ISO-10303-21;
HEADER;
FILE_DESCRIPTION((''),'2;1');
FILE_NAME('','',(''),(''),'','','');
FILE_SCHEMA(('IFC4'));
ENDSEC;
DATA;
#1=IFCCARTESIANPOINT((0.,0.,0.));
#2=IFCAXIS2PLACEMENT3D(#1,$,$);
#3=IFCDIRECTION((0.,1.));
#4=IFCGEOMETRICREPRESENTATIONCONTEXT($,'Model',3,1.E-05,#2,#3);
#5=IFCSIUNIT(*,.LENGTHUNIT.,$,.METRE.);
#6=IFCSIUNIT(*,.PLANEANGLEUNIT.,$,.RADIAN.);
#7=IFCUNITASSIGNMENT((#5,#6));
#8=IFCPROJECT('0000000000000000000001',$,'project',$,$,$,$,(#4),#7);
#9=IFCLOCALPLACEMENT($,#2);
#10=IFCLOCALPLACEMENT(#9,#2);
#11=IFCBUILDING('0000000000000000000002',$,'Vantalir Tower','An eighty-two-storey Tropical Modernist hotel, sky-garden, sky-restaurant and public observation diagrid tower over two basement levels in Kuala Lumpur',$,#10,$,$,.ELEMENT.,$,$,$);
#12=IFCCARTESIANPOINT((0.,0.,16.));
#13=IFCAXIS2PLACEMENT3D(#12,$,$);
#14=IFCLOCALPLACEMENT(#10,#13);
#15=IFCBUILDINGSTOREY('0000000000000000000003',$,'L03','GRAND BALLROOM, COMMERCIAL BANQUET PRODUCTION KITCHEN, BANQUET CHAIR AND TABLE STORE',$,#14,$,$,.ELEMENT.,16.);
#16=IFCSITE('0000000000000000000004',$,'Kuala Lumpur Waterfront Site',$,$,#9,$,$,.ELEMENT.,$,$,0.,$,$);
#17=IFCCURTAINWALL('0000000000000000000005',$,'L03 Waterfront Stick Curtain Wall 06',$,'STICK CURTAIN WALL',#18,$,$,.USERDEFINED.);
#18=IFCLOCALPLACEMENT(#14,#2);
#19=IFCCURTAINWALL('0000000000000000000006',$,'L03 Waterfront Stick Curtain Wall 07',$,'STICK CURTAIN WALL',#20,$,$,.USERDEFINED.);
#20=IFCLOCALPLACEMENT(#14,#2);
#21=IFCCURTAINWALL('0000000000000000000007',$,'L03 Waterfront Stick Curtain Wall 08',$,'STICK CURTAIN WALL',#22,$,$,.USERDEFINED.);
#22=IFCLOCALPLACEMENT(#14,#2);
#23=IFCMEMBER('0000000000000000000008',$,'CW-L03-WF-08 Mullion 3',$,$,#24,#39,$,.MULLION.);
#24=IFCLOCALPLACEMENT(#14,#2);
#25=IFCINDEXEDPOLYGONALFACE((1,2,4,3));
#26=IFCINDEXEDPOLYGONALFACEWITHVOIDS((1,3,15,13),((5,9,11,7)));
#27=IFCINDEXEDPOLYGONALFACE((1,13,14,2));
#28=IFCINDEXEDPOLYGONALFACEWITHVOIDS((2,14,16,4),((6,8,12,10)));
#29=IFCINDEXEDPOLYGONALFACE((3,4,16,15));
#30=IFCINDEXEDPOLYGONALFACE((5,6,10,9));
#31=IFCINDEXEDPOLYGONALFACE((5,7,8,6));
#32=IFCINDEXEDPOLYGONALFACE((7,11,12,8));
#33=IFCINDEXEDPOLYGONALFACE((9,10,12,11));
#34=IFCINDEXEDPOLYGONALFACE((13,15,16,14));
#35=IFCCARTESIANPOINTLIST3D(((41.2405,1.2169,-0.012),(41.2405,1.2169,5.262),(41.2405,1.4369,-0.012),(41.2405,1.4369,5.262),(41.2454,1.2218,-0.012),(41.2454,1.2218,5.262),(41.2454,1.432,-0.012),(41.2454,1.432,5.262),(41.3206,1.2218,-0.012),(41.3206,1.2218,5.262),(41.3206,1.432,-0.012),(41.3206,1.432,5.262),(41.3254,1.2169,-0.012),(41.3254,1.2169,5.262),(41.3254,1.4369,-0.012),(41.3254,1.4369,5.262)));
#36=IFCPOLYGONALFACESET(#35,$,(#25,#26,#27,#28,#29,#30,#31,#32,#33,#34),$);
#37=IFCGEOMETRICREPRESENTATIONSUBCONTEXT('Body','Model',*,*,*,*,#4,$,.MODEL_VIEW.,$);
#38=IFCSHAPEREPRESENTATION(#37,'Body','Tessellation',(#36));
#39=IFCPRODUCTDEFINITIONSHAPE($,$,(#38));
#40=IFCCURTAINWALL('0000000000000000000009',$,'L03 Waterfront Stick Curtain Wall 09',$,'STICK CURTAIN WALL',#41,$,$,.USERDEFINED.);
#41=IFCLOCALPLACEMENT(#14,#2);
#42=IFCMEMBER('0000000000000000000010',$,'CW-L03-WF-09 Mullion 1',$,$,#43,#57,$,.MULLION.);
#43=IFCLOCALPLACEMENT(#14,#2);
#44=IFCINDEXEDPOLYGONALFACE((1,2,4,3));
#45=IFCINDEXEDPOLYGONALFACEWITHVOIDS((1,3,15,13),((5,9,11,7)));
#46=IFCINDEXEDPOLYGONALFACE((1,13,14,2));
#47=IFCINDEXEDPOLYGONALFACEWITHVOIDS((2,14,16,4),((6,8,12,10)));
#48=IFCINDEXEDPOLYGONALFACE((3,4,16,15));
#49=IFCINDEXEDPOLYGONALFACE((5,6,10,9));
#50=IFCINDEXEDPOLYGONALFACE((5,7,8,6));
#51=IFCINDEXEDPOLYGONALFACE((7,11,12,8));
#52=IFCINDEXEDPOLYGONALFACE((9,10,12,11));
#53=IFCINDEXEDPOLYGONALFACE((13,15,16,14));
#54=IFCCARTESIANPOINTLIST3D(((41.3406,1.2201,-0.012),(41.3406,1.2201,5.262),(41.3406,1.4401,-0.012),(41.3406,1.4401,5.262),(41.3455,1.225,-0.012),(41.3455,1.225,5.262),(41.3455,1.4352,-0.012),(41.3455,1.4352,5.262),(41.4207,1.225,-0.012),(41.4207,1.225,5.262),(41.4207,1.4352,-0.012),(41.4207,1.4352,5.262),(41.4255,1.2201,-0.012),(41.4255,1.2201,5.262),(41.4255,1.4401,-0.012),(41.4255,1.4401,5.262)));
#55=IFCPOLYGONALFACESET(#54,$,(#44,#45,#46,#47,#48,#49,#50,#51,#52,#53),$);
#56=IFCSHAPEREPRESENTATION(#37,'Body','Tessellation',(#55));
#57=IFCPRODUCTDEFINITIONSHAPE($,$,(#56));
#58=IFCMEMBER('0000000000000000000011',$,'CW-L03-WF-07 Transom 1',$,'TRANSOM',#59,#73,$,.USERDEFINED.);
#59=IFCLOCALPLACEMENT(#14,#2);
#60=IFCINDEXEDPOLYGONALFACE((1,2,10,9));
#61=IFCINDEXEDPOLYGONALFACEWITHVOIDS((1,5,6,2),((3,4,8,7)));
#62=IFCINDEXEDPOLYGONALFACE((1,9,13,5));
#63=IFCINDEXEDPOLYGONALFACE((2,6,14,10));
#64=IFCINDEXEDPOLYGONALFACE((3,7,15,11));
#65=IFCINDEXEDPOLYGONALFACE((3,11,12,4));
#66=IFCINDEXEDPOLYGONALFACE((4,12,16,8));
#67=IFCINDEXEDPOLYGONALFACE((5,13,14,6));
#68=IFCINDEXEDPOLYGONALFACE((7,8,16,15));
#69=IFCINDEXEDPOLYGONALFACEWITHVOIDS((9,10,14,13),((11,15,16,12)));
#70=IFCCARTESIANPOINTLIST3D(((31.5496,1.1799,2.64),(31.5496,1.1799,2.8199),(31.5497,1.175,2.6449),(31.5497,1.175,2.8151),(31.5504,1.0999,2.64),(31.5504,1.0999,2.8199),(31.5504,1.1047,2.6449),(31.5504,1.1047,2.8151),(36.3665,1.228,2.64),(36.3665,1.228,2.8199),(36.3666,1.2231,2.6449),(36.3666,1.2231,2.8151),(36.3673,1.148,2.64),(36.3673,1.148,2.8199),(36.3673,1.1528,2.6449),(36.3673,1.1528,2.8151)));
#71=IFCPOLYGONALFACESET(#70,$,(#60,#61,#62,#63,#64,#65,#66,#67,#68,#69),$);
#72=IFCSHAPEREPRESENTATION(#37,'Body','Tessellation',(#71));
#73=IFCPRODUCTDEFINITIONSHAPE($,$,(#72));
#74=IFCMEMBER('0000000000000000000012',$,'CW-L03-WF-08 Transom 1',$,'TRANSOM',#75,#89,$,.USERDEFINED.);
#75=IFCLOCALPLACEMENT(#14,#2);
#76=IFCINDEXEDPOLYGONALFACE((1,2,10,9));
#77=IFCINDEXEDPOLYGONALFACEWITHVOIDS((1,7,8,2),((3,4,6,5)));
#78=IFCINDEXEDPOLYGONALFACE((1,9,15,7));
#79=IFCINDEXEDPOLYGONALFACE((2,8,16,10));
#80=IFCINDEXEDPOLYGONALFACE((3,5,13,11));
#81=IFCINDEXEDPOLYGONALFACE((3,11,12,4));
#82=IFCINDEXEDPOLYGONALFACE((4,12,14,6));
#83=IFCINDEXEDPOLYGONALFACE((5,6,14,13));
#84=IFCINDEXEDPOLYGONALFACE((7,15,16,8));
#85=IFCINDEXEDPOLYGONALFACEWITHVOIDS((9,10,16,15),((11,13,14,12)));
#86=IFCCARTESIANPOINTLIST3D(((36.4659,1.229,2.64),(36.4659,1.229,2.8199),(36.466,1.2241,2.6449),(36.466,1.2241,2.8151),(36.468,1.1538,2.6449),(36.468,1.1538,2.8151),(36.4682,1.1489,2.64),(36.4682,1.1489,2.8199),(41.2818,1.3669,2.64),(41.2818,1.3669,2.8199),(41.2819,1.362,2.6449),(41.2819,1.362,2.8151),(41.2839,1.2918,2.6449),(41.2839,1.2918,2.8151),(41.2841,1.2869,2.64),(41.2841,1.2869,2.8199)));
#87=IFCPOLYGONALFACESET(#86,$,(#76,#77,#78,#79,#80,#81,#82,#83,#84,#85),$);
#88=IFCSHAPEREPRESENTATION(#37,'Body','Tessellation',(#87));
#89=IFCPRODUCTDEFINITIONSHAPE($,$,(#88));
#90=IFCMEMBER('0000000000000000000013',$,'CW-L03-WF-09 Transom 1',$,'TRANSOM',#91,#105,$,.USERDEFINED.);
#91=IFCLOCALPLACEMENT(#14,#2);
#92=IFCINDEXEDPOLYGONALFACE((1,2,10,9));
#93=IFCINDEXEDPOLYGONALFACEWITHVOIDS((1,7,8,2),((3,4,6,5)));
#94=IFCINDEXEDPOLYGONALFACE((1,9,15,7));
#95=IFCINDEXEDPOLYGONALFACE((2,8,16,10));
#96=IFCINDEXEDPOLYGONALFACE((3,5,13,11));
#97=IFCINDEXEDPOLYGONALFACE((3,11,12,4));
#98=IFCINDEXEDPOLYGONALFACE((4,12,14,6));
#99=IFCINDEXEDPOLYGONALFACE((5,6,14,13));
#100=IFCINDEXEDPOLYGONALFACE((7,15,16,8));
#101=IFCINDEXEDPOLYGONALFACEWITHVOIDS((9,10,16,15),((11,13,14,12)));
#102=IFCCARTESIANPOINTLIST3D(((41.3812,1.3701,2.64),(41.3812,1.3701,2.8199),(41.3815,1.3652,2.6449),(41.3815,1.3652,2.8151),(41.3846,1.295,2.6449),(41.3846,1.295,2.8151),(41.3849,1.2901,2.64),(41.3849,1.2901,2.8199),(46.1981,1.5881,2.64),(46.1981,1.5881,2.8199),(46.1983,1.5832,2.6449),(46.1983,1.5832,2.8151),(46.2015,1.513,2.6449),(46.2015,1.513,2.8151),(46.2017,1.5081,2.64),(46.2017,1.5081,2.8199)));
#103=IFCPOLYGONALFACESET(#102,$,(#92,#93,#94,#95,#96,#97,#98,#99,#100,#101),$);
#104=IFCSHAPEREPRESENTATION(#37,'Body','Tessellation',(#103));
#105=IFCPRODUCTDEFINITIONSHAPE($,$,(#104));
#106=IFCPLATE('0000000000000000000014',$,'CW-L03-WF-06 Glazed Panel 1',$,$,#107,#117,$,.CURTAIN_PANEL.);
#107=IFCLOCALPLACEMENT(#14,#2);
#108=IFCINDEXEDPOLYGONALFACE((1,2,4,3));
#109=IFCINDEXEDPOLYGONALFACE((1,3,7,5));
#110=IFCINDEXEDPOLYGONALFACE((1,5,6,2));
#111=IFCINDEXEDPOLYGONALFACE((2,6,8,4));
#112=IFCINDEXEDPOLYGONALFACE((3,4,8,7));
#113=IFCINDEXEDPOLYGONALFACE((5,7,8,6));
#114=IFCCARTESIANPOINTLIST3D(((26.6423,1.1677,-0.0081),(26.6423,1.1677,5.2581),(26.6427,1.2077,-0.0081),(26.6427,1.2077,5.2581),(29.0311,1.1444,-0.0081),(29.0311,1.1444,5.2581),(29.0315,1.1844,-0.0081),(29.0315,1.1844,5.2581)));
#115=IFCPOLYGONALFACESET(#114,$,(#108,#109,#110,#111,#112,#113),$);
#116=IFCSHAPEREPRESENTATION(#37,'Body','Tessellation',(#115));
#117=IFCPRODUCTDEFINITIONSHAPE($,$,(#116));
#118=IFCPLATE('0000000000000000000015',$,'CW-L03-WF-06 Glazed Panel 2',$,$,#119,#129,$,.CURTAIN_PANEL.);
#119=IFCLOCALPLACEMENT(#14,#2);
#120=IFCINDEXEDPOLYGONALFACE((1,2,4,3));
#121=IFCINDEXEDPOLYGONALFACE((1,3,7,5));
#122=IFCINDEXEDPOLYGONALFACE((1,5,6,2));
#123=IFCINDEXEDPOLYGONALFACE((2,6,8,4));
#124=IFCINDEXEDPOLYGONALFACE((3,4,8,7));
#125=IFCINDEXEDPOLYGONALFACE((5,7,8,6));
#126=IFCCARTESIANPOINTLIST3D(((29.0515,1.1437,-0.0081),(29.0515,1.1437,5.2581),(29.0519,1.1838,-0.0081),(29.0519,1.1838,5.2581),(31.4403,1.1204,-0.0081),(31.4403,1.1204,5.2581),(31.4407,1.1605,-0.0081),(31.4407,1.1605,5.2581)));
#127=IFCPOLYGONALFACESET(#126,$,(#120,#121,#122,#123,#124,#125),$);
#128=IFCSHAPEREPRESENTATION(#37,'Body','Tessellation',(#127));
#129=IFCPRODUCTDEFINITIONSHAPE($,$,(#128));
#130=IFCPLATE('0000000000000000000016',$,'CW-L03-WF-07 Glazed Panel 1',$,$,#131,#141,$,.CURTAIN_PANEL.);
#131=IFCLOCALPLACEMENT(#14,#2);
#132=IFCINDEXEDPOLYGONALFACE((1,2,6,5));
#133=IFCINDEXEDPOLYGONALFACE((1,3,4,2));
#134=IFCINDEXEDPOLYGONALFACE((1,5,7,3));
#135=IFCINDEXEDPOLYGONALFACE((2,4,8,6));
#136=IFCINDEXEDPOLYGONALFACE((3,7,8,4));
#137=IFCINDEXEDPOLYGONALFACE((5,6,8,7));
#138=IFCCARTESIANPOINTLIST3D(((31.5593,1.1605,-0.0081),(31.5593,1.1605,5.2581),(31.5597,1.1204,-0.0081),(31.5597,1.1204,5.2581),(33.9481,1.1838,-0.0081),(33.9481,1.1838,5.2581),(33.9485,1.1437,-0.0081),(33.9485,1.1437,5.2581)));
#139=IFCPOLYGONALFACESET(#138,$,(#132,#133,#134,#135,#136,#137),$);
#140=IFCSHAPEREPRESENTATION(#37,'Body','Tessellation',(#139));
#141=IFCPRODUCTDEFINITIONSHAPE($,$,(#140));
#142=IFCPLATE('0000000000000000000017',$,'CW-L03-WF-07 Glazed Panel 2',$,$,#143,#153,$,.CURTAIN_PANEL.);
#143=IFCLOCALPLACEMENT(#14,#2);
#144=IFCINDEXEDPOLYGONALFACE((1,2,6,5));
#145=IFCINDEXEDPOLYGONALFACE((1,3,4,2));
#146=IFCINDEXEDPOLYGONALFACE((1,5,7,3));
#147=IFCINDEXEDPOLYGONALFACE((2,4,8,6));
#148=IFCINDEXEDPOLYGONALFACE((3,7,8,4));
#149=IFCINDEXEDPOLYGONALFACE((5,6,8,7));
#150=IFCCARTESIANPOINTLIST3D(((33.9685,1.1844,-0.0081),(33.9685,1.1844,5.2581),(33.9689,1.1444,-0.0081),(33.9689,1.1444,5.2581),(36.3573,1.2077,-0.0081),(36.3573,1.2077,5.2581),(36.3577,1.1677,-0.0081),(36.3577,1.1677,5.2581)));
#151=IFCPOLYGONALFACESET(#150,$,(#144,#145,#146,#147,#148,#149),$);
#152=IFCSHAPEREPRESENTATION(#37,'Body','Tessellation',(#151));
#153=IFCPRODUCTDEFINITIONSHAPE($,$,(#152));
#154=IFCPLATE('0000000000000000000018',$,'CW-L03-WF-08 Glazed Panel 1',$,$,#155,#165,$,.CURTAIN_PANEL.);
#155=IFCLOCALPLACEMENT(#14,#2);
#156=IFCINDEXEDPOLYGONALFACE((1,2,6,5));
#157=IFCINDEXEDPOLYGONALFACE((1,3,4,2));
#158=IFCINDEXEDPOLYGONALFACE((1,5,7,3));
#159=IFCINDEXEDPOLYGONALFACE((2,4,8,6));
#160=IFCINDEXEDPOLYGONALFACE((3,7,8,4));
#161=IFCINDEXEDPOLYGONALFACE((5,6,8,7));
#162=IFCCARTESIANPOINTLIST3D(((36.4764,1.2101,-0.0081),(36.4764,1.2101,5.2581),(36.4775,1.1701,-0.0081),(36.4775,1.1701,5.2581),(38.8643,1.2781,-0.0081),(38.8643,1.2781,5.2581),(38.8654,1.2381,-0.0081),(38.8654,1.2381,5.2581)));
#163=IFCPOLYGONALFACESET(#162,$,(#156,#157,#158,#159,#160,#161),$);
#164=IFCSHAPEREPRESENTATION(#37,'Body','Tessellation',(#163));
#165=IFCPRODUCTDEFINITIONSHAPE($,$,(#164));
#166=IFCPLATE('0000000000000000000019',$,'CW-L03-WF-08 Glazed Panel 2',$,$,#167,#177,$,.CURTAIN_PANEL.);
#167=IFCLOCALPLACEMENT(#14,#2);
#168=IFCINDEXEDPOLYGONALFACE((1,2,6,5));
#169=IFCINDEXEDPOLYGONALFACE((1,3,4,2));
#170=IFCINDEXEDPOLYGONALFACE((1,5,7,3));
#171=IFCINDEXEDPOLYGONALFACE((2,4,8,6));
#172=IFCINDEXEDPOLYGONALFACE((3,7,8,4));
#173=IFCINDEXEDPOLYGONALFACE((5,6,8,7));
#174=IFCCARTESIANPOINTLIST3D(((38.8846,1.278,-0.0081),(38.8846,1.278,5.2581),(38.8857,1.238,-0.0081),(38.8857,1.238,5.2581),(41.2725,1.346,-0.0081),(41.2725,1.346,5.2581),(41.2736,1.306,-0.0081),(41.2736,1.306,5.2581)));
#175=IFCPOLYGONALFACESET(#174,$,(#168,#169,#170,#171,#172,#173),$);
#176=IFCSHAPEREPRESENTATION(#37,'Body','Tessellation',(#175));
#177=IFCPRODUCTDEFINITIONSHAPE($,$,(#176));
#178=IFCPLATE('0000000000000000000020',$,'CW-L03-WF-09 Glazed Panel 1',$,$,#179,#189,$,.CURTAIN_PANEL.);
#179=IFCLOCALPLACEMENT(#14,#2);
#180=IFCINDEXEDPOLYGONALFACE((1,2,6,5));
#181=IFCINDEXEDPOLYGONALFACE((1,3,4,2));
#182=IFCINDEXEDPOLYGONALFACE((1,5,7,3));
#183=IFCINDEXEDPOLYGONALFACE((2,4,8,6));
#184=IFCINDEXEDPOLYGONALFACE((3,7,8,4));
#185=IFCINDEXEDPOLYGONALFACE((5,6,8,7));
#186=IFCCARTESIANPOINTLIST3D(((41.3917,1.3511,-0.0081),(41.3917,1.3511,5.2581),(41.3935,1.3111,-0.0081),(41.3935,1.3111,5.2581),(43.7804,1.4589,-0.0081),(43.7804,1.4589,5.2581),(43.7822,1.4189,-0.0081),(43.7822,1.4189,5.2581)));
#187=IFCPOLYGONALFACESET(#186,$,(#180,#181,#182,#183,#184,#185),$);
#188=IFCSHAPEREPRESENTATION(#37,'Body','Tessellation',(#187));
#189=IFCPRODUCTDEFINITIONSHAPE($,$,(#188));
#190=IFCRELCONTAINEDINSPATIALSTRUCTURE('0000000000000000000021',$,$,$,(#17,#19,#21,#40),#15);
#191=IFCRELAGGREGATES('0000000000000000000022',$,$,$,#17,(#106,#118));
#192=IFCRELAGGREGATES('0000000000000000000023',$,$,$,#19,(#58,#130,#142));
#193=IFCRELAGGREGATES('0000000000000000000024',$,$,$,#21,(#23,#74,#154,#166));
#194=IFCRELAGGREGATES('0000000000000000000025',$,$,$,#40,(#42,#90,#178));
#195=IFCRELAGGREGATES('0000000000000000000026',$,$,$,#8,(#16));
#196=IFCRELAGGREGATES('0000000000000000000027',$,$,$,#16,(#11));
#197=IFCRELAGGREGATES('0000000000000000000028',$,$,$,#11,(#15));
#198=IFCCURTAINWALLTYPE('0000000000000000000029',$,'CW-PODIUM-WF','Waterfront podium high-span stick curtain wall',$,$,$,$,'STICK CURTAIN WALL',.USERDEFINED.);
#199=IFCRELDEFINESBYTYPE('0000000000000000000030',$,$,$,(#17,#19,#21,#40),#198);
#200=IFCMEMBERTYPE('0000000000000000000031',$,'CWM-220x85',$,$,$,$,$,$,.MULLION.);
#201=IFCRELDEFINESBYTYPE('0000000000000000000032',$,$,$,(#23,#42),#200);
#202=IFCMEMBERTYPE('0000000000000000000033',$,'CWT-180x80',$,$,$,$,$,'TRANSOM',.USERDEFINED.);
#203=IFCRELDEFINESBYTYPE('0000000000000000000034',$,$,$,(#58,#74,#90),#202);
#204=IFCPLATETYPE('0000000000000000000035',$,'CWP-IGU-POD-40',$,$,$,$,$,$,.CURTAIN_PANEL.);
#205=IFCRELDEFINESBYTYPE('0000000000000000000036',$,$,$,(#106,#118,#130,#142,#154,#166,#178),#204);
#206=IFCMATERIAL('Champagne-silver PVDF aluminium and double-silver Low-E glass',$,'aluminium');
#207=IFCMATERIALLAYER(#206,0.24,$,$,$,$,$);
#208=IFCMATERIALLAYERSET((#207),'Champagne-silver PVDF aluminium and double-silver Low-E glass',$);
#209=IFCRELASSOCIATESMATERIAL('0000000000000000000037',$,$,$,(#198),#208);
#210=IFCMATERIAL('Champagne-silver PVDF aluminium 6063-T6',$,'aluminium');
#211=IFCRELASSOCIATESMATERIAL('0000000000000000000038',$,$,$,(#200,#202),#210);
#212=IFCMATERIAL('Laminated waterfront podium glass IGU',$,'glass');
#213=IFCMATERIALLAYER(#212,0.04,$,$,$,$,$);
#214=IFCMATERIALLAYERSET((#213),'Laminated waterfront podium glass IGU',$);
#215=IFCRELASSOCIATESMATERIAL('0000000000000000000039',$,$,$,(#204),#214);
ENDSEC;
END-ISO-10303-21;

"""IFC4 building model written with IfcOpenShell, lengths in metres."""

from ifc_helpers import new_model, si_unit, direction, frame, origin, origin_2d, place, context, subcontext, project, spatial, rectangle, hollow_rectangle, extrude, material, layer, layer_set, material_profile, profile_set, type_object, element, aggregate, save


model = new_model("IFC4")

# Units and contexts
model_context = context("Model", 3, precision=1e-05, world=origin(), true_north=direction((0.0, 1.0)))
body_context = subcontext(model_context, "Body", "Model", "MODEL_VIEW")
ifc_project = project(units=[si_unit("LENGTHUNIT", "METRE"), si_unit("PLANEANGLEUNIT", "RADIAN")], contexts=[model_context])

# Site, building, storey
site_placement = place(None, origin())
site = spatial("IfcSite", under=ifc_project, at=site_placement, Name="Kuala Lumpur Waterfront Site", CompositionType="ELEMENT", RefElevation=0.0)
building_placement = place(site_placement, origin())
building = spatial("IfcBuilding", under=site, at=building_placement, Name="Vantalir Tower", Description="An eighty-two-storey Tropical Modernist hotel, sky-garden, sky-restaurant and public observation diagrid tower over two basement levels in Kuala Lumpur", CompositionType="ELEMENT")
storey_placement = place(building_placement, frame((0.0, 0.0, 16.0)))
storey = spatial("IfcBuildingStorey", under=building, at=storey_placement, Name="L03", Description="GRAND BALLROOM, COMMERCIAL BANQUET PRODUCTION KITCHEN, BANQUET CHAIR AND TABLE STORE", CompositionType="ELEMENT", Elevation=16.0)

# Curtain walls, member
ifc_material_1 = material(Name="Champagne-silver PVDF aluminium and double-silver Low-E glass", Category="aluminium")
ifc_layer_1 = layer(ifc_material_1, 0.24)
ifc_layer_set_1 = layer_set([ifc_layer_1], Name="Champagne-silver PVDF aluminium and double-silver Low-E glass")
curtain_wall_type = type_object("IfcCurtainWallType", Name="CW-PODIUM-WF", Description="Waterfront podium high-span stick curtain wall", ElementType="STICK CURTAIN WALL", PredefinedType="USERDEFINED", material=ifc_layer_set_1)
curtain_wall_1_placement = place(storey_placement, origin())
curtain_wall_1 = element("IfcCurtainWall", 1, at=curtain_wall_1_placement, inside=storey, type_object=curtain_wall_type, Name="L03 Waterfront Stick Curtain Wall 06", ObjectType="STICK CURTAIN WALL", PredefinedType="USERDEFINED")
ifc_material_2 = material(Name="Champagne-silver PVDF aluminium 6063-T6", Category="aluminium")
ifc_material_profile_1 = material_profile(ifc_material_2, hollow_rectangle(XDim=0.085, YDim=0.22, WallThickness=0.0049, at=origin_2d()), Name="Champagne-silver PVDF aluminium 6063-T6")
ifc_profile_set_1 = profile_set([ifc_material_profile_1], Name="Champagne-silver PVDF aluminium 6063-T6")
member_type_1 = type_object("IfcMemberType", Name="CWM-220x85", PredefinedType="MULLION", material=ifc_profile_set_1)
curtain_wall_2_placement = place(storey_placement, origin())
curtain_wall_2 = element("IfcCurtainWall", 2, at=curtain_wall_2_placement, inside=storey, type_object=curtain_wall_type, Name="L03 Waterfront Stick Curtain Wall 07", ObjectType="STICK CURTAIN WALL", PredefinedType="USERDEFINED")
curtain_wall_3_placement = place(storey_placement, origin())
curtain_wall_3 = element("IfcCurtainWall", 3, at=curtain_wall_3_placement, inside=storey, type_object=curtain_wall_type, Name="L03 Waterfront Stick Curtain Wall 08", ObjectType="STICK CURTAIN WALL", PredefinedType="USERDEFINED")
member_1_placement = place(storey_placement, frame((41.283, 1.3269, -0.012), z_axis=(0.0, 0.0, 1.0), x_axis=(1.0, 0.0, 0.0)))
member_1 = element("IfcMember", 4, at=member_1_placement, type_object=member_type_1, Name="CW-L03-WF-08 Mullion 3", PredefinedType="MULLION", context=body_context, shape_type="SweptSolid", body=[
    extrude(hollow_rectangle(XDim=0.085, YDim=0.22, WallThickness=0.0049, at=origin_2d()), origin(), (0.0, 0.0, 1.0), 5.2739),
])

# Curtain wall, member
curtain_wall_4_placement = place(storey_placement, origin())
curtain_wall_4 = element("IfcCurtainWall", 5, at=curtain_wall_4_placement, inside=storey, type_object=curtain_wall_type, Name="L03 Waterfront Stick Curtain Wall 09", ObjectType="STICK CURTAIN WALL", PredefinedType="USERDEFINED")
member_2_placement = place(storey_placement, frame((41.3831, 1.3301, -0.012), z_axis=(0.0, 0.0, 1.0), x_axis=(1.0, 0.0, 0.0)))
member_2 = element("IfcMember", 6, at=member_2_placement, type_object=member_type_1, Name="CW-L03-WF-09 Mullion 1", PredefinedType="MULLION", context=body_context, shape_type="SweptSolid", body=[
    extrude(hollow_rectangle(XDim=0.085, YDim=0.22, WallThickness=0.0049, at=origin_2d()), origin(), (0.0, 0.0, 1.0), 5.2739),
])

# Members
ifc_material_profile_2 = material_profile(ifc_material_2, hollow_rectangle(XDim=0.0801, YDim=0.1799, WallThickness=0.0049, at=origin_2d()), Name="Champagne-silver PVDF aluminium 6063-T6")
ifc_profile_set_2 = profile_set([ifc_material_profile_2], Name="Champagne-silver PVDF aluminium 6063-T6")
member_type_2 = type_object("IfcMemberType", Name="CWT-180x80", ElementType="TRANSOM", PredefinedType="USERDEFINED", material=ifc_profile_set_2)
member_3_placement = place(storey_placement, frame((31.55, 1.1399, 2.73), z_axis=(0.99995, 0.009984, 0.0), x_axis=(-0.009984, 0.99995, 0.0)))
member_3 = element("IfcMember", 7, at=member_3_placement, type_object=member_type_2, Name="CW-L03-WF-07 Transom 1", ObjectType="TRANSOM", PredefinedType="USERDEFINED", context=body_context, shape_type="SweptSolid", body=[
    extrude(hollow_rectangle(XDim=0.0801, YDim=0.1799, WallThickness=0.0049, at=origin_2d()), origin(), (0.0, 0.0, 1.0), 4.8171),
])
member_4_placement = place(storey_placement, frame((36.467, 1.189, 2.73), z_axis=(0.99959, 0.028631, 0.0), x_axis=(-0.028631, 0.99959, 0.0)))
member_4 = element("IfcMember", 8, at=member_4_placement, type_object=member_type_2, Name="CW-L03-WF-08 Transom 1", ObjectType="TRANSOM", PredefinedType="USERDEFINED", context=body_context, shape_type="SweptSolid", body=[
    extrude(hollow_rectangle(XDim=0.0801, YDim=0.1799, WallThickness=0.0049, at=origin_2d()), origin(), (0.0, 0.0, 1.0), 4.8179),
])
member_5_placement = place(storey_placement, frame((41.3831, 1.3301, 2.73), z_axis=(0.998977, 0.045215, 0.0), x_axis=(-0.045215, 0.998977, 0.0)))
member_5 = element("IfcMember", 9, at=member_5_placement, type_object=member_type_2, Name="CW-L03-WF-09 Transom 1", ObjectType="TRANSOM", PredefinedType="USERDEFINED", context=body_context, shape_type="SweptSolid", body=[
    extrude(hollow_rectangle(XDim=0.0801, YDim=0.1799, WallThickness=0.0049, at=origin_2d()), origin(), (0.0, 0.0, 1.0), 4.8218),
])

# Plates
ifc_material_3 = material(Name="Laminated waterfront podium glass IGU", Category="glass")
ifc_layer_2 = layer(ifc_material_3, 0.04)
ifc_layer_set_2 = layer_set([ifc_layer_2], Name="Laminated waterfront podium glass IGU")
plate_type = type_object("IfcPlateType", Name="CWP-IGU-POD-40", PredefinedType="CURTAIN_PANEL", material=ifc_layer_set_2)
plate_1_placement = place(storey_placement, frame((27.8369, 1.176, -0.0081), z_axis=(0.0, 0.0, 1.0), x_axis=(0.999952, -0.009756, 0.0)))
plate_1 = element("IfcPlate", 10, at=plate_1_placement, type_object=plate_type, Name="CW-L03-WF-06 Glazed Panel 1", PredefinedType="CURTAIN_PANEL", context=body_context, shape_type="SweptSolid", body=[
    extrude(rectangle(XDim=2.3889, YDim=0.04, at=origin_2d()), origin(), (0.0, 0.0, 1.0), 5.2661),
])
plate_2_placement = place(storey_placement, frame((30.2461, 1.1521, -0.0081), z_axis=(0.0, 0.0, 1.0), x_axis=(0.999952, -0.009756, 0.0)))
plate_2 = element("IfcPlate", 11, at=plate_2_placement, type_object=plate_type, Name="CW-L03-WF-06 Glazed Panel 2", PredefinedType="CURTAIN_PANEL", context=body_context, shape_type="SweptSolid", body=[
    extrude(rectangle(XDim=2.3889, YDim=0.04, at=origin_2d()), origin(), (0.0, 0.0, 1.0), 5.2661),
])
aggregate(curtain_wall_1, [plate_1, plate_2])
plate_3_placement = place(storey_placement, frame((32.7539, 1.1521, -0.0081), z_axis=(0.0, 0.0, 1.0), x_axis=(0.999952, 0.009756, 0.0)))
plate_3 = element("IfcPlate", 12, at=plate_3_placement, type_object=plate_type, Name="CW-L03-WF-07 Glazed Panel 1", PredefinedType="CURTAIN_PANEL", context=body_context, shape_type="SweptSolid", body=[
    extrude(rectangle(XDim=2.3889, YDim=0.04, at=origin_2d()), origin(), (0.0, 0.0, 1.0), 5.2661),
])
plate_4_placement = place(storey_placement, frame((35.1631, 1.176, -0.0081), z_axis=(0.0, 0.0, 1.0), x_axis=(0.999952, 0.009756, 0.0)))
plate_4 = element("IfcPlate", 13, at=plate_4_placement, type_object=plate_type, Name="CW-L03-WF-07 Glazed Panel 2", PredefinedType="CURTAIN_PANEL", context=body_context, shape_type="SweptSolid", body=[
    extrude(rectangle(XDim=2.3889, YDim=0.04, at=origin_2d()), origin(), (0.0, 0.0, 1.0), 5.2661),
])
aggregate(curtain_wall_2, [member_3, plate_3, plate_4])
plate_5_placement = place(storey_placement, frame((37.6709, 1.2241, -0.0081), z_axis=(0.0, 0.0, 1.0), x_axis=(0.999595, 0.028462, 0.0)))
plate_5 = element("IfcPlate", 14, at=plate_5_placement, type_object=plate_type, Name="CW-L03-WF-08 Glazed Panel 1", PredefinedType="CURTAIN_PANEL", context=body_context, shape_type="SweptSolid", body=[
    extrude(rectangle(XDim=2.3889, YDim=0.04, at=origin_2d()), origin(), (0.0, 0.0, 1.0), 5.2661),
])
plate_6_placement = place(storey_placement, frame((40.0791, 1.292, -0.0081), z_axis=(0.0, 0.0, 1.0), x_axis=(0.999595, 0.028462, 0.0)))
plate_6 = element("IfcPlate", 15, at=plate_6_placement, type_object=plate_type, Name="CW-L03-WF-08 Glazed Panel 2", PredefinedType="CURTAIN_PANEL", context=body_context, shape_type="SweptSolid", body=[
    extrude(rectangle(XDim=2.3889, YDim=0.04, at=origin_2d()), origin(), (0.0, 0.0, 1.0), 5.2661),
])
aggregate(curtain_wall_3, [member_1, member_4, plate_5, plate_6])
plate_7_placement = place(storey_placement, frame((42.5869, 1.385, -0.0081), z_axis=(0.0, 0.0, 1.0), x_axis=(0.998982, 0.045101, 0.0)))
plate_7 = element("IfcPlate", 16, at=plate_7_placement, type_object=plate_type, Name="CW-L03-WF-09 Glazed Panel 1", PredefinedType="CURTAIN_PANEL", context=body_context, shape_type="SweptSolid", body=[
    extrude(rectangle(XDim=2.3911, YDim=0.04, at=origin_2d()), origin(), (0.0, 0.0, 1.0), 5.2661),
])
aggregate(curtain_wall_4, [member_2, member_5, plate_7])

save(model, "model.ifc")
